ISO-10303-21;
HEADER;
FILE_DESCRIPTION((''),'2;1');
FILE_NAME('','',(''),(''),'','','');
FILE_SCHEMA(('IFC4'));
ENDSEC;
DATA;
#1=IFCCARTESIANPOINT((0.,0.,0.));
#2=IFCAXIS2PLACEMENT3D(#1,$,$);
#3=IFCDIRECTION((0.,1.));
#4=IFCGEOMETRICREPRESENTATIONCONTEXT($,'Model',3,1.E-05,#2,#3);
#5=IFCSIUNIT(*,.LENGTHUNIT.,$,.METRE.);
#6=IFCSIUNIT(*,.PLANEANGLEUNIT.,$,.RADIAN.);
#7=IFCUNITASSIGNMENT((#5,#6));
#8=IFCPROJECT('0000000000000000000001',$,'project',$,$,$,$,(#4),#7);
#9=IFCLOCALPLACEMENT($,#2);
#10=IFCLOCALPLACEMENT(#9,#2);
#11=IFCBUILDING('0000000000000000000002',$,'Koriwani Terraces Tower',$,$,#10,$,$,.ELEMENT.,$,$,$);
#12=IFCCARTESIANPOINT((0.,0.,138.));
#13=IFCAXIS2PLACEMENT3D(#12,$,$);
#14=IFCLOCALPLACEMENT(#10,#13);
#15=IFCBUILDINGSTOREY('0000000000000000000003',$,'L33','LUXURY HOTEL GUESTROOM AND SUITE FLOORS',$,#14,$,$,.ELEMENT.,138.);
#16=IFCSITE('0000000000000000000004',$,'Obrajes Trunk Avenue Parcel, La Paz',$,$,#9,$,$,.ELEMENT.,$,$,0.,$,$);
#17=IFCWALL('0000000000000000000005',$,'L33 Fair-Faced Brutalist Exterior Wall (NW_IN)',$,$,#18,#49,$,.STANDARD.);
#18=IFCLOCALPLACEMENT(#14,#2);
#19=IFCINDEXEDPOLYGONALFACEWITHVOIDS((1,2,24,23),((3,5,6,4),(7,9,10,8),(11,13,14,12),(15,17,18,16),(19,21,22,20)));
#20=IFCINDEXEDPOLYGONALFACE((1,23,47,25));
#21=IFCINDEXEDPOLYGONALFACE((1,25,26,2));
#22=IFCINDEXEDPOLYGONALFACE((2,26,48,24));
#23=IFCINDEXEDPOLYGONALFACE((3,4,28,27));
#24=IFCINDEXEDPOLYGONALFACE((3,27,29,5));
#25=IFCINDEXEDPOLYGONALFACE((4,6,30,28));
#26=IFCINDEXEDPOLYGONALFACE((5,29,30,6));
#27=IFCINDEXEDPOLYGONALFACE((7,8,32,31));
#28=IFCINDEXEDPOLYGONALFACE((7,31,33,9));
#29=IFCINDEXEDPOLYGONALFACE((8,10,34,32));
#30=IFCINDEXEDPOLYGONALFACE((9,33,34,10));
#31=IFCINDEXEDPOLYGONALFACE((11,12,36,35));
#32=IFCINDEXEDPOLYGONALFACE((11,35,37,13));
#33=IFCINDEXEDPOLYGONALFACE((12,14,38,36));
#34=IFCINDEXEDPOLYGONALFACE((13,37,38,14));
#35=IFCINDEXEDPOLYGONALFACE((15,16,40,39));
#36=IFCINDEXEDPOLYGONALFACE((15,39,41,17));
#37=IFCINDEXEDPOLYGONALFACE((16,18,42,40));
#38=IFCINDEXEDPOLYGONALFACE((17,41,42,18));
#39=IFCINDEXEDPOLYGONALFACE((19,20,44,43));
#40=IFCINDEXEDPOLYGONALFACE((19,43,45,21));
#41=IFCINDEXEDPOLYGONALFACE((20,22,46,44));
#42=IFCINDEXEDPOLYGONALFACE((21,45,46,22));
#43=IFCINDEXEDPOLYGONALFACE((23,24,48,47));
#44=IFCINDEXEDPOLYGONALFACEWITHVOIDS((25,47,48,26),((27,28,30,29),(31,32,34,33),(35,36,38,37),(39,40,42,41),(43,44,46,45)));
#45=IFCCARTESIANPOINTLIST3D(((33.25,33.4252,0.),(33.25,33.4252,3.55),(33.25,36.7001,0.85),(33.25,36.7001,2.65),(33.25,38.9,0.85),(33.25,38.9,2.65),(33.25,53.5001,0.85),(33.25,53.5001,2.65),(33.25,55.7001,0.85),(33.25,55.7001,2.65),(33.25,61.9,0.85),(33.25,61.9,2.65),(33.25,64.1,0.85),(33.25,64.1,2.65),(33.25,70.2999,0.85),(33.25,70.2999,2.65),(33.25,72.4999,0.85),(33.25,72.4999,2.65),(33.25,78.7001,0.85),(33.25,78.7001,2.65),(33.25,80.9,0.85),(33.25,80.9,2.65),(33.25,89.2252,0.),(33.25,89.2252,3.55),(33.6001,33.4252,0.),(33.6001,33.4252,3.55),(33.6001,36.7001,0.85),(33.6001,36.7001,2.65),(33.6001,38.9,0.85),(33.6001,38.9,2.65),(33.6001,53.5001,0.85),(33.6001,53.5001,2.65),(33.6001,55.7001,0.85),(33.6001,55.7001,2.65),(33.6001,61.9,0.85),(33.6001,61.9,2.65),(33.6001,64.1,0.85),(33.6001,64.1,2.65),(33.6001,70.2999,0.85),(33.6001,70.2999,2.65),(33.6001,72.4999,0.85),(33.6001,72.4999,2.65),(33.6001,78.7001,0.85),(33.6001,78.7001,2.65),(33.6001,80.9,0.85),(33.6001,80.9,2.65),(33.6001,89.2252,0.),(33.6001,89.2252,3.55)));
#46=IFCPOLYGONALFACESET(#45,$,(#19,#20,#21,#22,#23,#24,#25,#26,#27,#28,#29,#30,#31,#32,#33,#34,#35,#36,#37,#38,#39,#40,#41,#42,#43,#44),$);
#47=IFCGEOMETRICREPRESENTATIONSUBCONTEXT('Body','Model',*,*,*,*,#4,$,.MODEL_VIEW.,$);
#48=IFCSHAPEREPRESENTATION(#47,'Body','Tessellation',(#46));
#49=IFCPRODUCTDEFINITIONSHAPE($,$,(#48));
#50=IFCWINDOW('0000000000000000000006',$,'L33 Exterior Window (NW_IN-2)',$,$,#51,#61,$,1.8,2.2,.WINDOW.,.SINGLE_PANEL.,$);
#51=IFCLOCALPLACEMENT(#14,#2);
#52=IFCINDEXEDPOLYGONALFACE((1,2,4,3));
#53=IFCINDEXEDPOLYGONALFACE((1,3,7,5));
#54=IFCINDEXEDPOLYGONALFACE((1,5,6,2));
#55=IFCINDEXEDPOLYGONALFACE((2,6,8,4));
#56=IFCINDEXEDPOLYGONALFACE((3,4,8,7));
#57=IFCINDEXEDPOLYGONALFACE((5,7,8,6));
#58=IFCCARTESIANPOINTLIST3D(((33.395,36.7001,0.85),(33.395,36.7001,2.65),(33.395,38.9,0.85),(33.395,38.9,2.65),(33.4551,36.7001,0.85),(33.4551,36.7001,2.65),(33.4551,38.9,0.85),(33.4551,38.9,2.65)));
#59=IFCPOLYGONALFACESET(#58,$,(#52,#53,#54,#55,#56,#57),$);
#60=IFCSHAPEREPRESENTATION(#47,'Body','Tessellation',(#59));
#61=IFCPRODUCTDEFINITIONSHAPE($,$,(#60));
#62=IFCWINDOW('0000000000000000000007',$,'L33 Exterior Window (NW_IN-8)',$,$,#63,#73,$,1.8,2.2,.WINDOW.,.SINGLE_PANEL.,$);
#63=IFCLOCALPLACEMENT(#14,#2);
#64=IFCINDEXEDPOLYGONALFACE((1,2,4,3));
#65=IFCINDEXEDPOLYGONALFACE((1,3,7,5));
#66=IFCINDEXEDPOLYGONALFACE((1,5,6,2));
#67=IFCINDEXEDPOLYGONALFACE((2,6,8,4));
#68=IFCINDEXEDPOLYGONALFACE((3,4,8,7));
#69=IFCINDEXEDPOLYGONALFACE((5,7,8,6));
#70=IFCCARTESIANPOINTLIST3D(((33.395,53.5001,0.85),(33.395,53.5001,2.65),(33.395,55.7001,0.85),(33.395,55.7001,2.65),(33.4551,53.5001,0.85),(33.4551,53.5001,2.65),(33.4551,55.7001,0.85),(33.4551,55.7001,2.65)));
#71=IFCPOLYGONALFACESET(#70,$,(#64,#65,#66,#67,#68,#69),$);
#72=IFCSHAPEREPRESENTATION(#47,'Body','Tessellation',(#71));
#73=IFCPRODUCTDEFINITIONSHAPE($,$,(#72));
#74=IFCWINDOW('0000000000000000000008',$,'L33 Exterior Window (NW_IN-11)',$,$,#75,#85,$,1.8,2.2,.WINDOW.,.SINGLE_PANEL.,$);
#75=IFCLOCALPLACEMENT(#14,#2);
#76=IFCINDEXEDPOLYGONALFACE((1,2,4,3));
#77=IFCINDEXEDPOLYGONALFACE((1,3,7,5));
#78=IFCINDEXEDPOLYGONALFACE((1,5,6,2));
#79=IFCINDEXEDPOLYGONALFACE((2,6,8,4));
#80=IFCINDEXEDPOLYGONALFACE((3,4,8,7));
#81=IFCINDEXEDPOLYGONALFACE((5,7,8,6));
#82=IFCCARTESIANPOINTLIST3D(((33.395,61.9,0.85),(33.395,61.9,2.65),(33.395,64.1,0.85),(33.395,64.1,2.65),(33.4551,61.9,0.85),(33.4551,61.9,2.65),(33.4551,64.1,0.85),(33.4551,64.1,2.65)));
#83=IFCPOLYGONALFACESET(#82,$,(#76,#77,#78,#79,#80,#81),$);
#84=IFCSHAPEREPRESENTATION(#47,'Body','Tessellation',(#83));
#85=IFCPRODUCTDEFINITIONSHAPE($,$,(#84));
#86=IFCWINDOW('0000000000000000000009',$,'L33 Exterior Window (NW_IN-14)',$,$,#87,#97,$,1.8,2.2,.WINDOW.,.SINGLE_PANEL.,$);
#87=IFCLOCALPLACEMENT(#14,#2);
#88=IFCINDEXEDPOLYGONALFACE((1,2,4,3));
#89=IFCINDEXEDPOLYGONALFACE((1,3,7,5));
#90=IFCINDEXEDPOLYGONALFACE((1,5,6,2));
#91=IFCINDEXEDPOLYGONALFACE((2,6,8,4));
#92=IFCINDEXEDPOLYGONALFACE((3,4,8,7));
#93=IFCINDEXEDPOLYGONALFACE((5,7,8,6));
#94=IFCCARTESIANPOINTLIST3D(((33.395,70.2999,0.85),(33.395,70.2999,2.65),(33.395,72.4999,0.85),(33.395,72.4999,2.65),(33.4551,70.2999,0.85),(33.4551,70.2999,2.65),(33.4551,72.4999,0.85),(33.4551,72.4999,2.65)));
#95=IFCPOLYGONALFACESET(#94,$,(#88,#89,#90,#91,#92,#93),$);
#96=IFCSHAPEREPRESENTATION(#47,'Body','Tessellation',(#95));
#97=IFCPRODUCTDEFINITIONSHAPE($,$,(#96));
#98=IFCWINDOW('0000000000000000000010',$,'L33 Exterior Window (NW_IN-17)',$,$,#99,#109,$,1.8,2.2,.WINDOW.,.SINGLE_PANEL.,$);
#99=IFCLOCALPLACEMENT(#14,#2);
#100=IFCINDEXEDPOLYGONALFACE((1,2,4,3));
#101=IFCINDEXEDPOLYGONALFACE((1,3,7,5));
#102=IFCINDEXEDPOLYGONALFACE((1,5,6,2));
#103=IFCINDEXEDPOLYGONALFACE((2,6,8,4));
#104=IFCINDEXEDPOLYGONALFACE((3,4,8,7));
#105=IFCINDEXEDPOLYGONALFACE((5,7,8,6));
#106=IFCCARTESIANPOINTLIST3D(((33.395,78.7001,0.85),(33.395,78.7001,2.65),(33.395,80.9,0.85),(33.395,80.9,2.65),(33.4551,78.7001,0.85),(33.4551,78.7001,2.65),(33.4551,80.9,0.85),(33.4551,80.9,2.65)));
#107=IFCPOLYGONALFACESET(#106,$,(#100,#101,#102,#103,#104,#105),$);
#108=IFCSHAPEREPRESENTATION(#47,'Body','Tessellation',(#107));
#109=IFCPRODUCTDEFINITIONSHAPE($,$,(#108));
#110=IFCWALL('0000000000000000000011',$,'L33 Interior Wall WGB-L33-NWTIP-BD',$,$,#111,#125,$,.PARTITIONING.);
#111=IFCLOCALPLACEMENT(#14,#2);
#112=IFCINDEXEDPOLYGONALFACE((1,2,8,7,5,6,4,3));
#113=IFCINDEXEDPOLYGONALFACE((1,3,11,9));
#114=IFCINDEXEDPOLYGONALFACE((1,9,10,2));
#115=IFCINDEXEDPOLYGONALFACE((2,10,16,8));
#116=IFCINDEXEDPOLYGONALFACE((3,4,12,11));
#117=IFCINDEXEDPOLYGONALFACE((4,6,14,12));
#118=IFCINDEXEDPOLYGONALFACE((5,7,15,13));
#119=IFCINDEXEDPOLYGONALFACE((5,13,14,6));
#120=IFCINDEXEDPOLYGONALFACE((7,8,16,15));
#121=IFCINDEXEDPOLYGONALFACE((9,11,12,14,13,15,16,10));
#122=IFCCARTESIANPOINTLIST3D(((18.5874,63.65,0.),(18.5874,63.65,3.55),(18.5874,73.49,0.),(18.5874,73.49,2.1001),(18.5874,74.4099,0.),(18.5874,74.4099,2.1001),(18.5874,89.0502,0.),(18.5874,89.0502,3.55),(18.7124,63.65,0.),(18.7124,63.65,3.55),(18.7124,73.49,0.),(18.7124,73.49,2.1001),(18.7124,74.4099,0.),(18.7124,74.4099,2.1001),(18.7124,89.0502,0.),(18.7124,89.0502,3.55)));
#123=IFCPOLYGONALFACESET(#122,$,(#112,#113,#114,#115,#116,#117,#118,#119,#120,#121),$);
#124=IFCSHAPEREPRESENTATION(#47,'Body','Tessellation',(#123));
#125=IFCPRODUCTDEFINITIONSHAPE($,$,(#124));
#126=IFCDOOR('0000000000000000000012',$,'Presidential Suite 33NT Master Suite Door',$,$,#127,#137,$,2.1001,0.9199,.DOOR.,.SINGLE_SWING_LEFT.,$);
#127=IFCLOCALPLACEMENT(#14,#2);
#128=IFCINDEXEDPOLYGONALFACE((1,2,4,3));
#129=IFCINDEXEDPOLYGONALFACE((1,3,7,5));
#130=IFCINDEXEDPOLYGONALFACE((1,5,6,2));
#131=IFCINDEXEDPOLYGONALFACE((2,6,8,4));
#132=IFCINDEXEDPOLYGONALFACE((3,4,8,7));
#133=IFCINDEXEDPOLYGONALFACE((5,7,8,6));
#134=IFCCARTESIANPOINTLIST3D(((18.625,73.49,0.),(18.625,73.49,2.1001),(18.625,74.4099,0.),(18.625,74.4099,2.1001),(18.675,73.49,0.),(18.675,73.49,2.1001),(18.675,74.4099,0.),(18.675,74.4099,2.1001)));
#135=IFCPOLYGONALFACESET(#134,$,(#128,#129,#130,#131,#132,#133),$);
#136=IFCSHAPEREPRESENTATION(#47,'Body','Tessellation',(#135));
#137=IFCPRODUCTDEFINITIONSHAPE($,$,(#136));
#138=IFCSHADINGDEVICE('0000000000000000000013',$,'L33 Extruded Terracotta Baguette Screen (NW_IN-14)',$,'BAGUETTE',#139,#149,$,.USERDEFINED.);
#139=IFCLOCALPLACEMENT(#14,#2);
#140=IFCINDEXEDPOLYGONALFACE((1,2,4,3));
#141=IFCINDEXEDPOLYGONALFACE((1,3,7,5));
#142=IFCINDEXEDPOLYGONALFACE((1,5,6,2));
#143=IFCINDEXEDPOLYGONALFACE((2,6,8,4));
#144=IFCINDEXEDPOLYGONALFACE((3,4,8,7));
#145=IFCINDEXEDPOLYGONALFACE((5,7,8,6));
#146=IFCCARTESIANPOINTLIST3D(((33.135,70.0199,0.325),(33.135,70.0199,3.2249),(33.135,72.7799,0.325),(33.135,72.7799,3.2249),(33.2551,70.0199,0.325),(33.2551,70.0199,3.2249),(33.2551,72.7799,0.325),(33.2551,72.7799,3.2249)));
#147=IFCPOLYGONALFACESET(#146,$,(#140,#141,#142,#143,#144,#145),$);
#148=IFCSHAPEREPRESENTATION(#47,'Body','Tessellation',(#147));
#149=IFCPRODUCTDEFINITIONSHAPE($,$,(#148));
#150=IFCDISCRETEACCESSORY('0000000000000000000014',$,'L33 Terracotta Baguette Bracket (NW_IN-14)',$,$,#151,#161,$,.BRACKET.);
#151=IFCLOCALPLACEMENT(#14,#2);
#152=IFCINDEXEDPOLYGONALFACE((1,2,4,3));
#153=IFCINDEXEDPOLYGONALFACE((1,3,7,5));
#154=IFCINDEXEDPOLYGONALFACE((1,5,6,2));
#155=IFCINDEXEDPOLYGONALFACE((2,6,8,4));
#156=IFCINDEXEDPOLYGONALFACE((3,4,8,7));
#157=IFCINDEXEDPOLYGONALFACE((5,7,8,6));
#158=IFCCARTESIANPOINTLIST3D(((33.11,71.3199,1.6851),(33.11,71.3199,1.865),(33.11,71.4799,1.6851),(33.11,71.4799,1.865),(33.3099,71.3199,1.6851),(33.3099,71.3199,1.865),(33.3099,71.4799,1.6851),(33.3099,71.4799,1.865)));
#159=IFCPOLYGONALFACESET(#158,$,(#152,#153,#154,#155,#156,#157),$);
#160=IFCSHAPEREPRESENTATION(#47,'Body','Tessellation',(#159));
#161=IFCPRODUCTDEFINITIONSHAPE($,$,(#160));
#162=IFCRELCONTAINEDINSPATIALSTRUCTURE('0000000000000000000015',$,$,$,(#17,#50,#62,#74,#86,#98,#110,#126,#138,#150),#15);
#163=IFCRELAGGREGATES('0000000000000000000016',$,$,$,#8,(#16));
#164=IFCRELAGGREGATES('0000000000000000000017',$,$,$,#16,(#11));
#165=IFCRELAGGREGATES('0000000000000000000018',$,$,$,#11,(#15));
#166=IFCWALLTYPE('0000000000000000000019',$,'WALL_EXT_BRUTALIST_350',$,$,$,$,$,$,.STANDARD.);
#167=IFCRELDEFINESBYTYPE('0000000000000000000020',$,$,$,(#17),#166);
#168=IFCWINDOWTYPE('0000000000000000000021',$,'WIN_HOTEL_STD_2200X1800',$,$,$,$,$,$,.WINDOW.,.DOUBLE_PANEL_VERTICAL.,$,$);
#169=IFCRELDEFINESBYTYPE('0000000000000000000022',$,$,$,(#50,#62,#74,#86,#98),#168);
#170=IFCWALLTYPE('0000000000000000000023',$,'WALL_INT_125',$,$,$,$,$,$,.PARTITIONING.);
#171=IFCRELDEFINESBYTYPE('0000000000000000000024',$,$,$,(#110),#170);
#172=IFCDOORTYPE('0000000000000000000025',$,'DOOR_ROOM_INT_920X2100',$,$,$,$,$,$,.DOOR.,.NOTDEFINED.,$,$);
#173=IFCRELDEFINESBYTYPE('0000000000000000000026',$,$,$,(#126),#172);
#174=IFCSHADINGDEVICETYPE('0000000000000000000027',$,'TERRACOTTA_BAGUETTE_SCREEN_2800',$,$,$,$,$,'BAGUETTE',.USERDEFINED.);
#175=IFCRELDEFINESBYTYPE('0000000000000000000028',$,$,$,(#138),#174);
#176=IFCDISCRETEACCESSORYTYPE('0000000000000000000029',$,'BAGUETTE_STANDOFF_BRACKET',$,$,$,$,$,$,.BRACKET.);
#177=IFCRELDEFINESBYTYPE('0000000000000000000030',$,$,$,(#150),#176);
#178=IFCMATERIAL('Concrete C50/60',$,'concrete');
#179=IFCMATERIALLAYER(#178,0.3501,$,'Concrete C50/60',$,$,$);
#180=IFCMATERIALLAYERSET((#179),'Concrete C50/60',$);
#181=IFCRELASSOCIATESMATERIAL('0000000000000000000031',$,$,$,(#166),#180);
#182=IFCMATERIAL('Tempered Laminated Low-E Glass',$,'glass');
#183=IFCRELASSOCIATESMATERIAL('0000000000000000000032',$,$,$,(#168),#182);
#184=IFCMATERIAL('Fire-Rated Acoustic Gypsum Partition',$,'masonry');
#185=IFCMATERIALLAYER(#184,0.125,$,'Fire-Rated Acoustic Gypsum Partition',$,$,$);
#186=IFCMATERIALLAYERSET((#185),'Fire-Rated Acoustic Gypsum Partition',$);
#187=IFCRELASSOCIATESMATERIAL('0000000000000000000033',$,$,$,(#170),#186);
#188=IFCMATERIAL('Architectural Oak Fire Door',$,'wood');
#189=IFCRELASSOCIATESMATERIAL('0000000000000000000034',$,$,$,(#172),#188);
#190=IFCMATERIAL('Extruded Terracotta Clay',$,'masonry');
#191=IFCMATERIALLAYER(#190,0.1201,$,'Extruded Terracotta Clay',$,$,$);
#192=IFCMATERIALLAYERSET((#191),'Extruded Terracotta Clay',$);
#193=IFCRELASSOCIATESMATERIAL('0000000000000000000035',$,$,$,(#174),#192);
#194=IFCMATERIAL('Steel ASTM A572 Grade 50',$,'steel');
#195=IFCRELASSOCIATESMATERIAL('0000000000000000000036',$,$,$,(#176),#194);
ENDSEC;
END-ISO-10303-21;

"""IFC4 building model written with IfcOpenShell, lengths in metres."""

from ifc_helpers import new_model, si_unit, direction, frame, frame_2d, origin, origin_2d, place, context, subcontext, project, spatial, rectangle, extrude, material, layer, layer_set, type_object, element, fill, save


model = new_model("IFC4")

# Units and contexts
model_context = context("Model", 3, precision=1e-05, world=origin(), true_north=direction((0.0, 1.0)))
body_context = subcontext(model_context, "Body", "Model", "MODEL_VIEW")
ifc_project = project(units=[si_unit("LENGTHUNIT", "METRE"), si_unit("PLANEANGLEUNIT", "RADIAN")], contexts=[model_context])

# Site, building, storey
site_placement = place(None, origin())
site = spatial("IfcSite", under=ifc_project, at=site_placement, Name="Obrajes Trunk Avenue Parcel, La Paz", CompositionType="ELEMENT", RefElevation=0.0)
building_placement = place(site_placement, origin())
building = spatial("IfcBuilding", under=site, at=building_placement, Name="Koriwani Terraces Tower", CompositionType="ELEMENT")
storey_placement = place(building_placement, frame((0.0, 0.0, 138.0)))
storey = spatial("IfcBuildingStorey", under=building, at=storey_placement, Name="L33", Description="LUXURY HOTEL GUESTROOM AND SUITE FLOORS", CompositionType="ELEMENT", Elevation=138.0)

# Shared definitions
ifc_material_1 = material(Name="Concrete C50/60", Category="concrete")
ifc_material_2 = material(Name="Steel ASTM A572 Grade 50", Category="steel")

# Shared definitions
ifc_layer_1 = layer(ifc_material_1, 0.3501, Name="Concrete C50/60")
ifc_layer_set_1 = layer_set([ifc_layer_1], Name="Concrete C50/60")
wall_type_1 = type_object("IfcWallType", Name="WALL_EXT_BRUTALIST_350", PredefinedType="STANDARD", material=ifc_layer_set_1)

# Shared definitions
ifc_material_3 = material(Name="Tempered Laminated Low-E Glass", Category="glass")

# Wall, openings, windows
wall_1_placement = place(storey_placement, frame((33.425, 89.2251, 0.0), z_axis=(0.0, 0.0, 1.0), x_axis=(0.0, -1.0, 0.0)))
wall_1 = element("IfcWall", 1, at=wall_1_placement, inside=storey, type_object=wall_type_1, Name="L33 Fair-Faced Brutalist Exterior Wall (NW_IN)", PredefinedType="STANDARD", context=body_context, shape_type="SweptSolid", body=[
    extrude(rectangle(XDim=55.8, YDim=0.3501, at=frame_2d((27.8999, 0.0))), origin(), (0.0, 0.0, 1.0), 3.55),
])
opening_1_placement = place(wall_1_placement, frame((50.325, 0.0, 0.8501)))
opening_1 = element("IfcOpeningElement", 2, at=opening_1_placement, cuts=wall_1, PredefinedType="OPENING", context=body_context, shape_type="SweptSolid", body=[
    extrude(rectangle(XDim=2.2, YDim=1.8, at=frame_2d((1.1001, 0.8999))), frame((0.0, 0.1851, 0.0), z_axis=(0.0, -1.0, 0.0), x_axis=(1.0, 0.0, 0.0)), (0.0, 0.0, 1.0), 0.3701),
])
opening_2_placement = place(wall_1_placement, frame((33.5249, 0.0, 0.8501)))
opening_2 = element("IfcOpeningElement", 3, at=opening_2_placement, cuts=wall_1, PredefinedType="OPENING", context=body_context, shape_type="SweptSolid", body=[
    extrude(rectangle(XDim=2.2, YDim=1.8, at=frame_2d((1.1001, 0.8999))), frame((0.0, 0.1851, 0.0), z_axis=(0.0, -1.0, 0.0), x_axis=(1.0, 0.0, 0.0)), (0.0, 0.0, 1.0), 0.3701),
])
opening_3_placement = place(wall_1_placement, frame((25.125, 0.0, 0.8501)))
opening_3 = element("IfcOpeningElement", 4, at=opening_3_placement, cuts=wall_1, PredefinedType="OPENING", context=body_context, shape_type="SweptSolid", body=[
    extrude(rectangle(XDim=2.2, YDim=1.8, at=frame_2d((1.1001, 0.8999))), frame((0.0, 0.1851, 0.0), z_axis=(0.0, -1.0, 0.0), x_axis=(1.0, 0.0, 0.0)), (0.0, 0.0, 1.0), 0.3701),
])
opening_4_placement = place(wall_1_placement, frame((16.7251, 0.0, 0.8501)))
opening_4 = element("IfcOpeningElement", 5, at=opening_4_placement, cuts=wall_1, PredefinedType="OPENING", context=body_context, shape_type="SweptSolid", body=[
    extrude(rectangle(XDim=2.2, YDim=1.8, at=frame_2d((1.1001, 0.8999))), frame((0.0, 0.1851, 0.0), z_axis=(0.0, -1.0, 0.0), x_axis=(1.0, 0.0, 0.0)), (0.0, 0.0, 1.0), 0.3701),
])
opening_5_placement = place(wall_1_placement, frame((8.325, 0.0, 0.8501)))
opening_5 = element("IfcOpeningElement", 6, at=opening_5_placement, cuts=wall_1, PredefinedType="OPENING", context=body_context, shape_type="SweptSolid", body=[
    extrude(rectangle(XDim=2.2, YDim=1.8, at=frame_2d((1.1001, 0.8999))), frame((0.0, 0.1851, 0.0), z_axis=(0.0, -1.0, 0.0), x_axis=(1.0, 0.0, 0.0)), (0.0, 0.0, 1.0), 0.3701),
])
window_type_1 = type_object("IfcWindowType", Name="WIN_HOTEL_STD_2200X1800", PartitioningType="DOUBLE_PANEL_VERTICAL", PredefinedType="WINDOW", material=ifc_material_3)
window_1_placement = place(opening_1_placement, origin())
window_1 = element("IfcWindow", 7, at=window_1_placement, inside=storey, type_object=window_type_1, Name="L33 Exterior Window (NW_IN-2)", OverallHeight=1.8, OverallWidth=2.2, PartitioningType="SINGLE_PANEL", PredefinedType="WINDOW", context=body_context, shape_type="SweptSolid", body=[
    extrude(rectangle(XDim=2.2, YDim=1.8, at=frame_2d((1.1001, 0.8999))), frame((0.0, 0.03, 0.0), z_axis=(0.0, -1.0, 0.0), x_axis=(1.0, 0.0, 0.0)), (0.0, 0.0, 1.0), 0.0601),
])
fill(opening_1, window_1)
window_2_placement = place(opening_2_placement, origin())
window_2 = element("IfcWindow", 8, at=window_2_placement, inside=storey, type_object=window_type_1, Name="L33 Exterior Window (NW_IN-8)", OverallHeight=1.8, OverallWidth=2.2, PartitioningType="SINGLE_PANEL", PredefinedType="WINDOW", context=body_context, shape_type="SweptSolid", body=[
    extrude(rectangle(XDim=2.2, YDim=1.8, at=frame_2d((1.1001, 0.8999))), frame((0.0, 0.03, 0.0), z_axis=(0.0, -1.0, 0.0), x_axis=(1.0, 0.0, 0.0)), (0.0, 0.0, 1.0), 0.0601),
])
fill(opening_2, window_2)
window_3_placement = place(opening_3_placement, origin())
window_3 = element("IfcWindow", 9, at=window_3_placement, inside=storey, type_object=window_type_1, Name="L33 Exterior Window (NW_IN-11)", OverallHeight=1.8, OverallWidth=2.2, PartitioningType="SINGLE_PANEL", PredefinedType="WINDOW", context=body_context, shape_type="SweptSolid", body=[
    extrude(rectangle(XDim=2.2, YDim=1.8, at=frame_2d((1.1001, 0.8999))), frame((0.0, 0.03, 0.0), z_axis=(0.0, -1.0, 0.0), x_axis=(1.0, 0.0, 0.0)), (0.0, 0.0, 1.0), 0.0601),
])
fill(opening_3, window_3)
window_4_placement = place(opening_4_placement, origin())
window_4 = element("IfcWindow", 10, at=window_4_placement, inside=storey, type_object=window_type_1, Name="L33 Exterior Window (NW_IN-14)", OverallHeight=1.8, OverallWidth=2.2, PartitioningType="SINGLE_PANEL", PredefinedType="WINDOW", context=body_context, shape_type="SweptSolid", body=[
    extrude(rectangle(XDim=2.2, YDim=1.8, at=frame_2d((1.1001, 0.8999))), frame((0.0, 0.03, 0.0), z_axis=(0.0, -1.0, 0.0), x_axis=(1.0, 0.0, 0.0)), (0.0, 0.0, 1.0), 0.0601),
])
fill(opening_4, window_4)
window_5_placement = place(opening_5_placement, origin())
window_5 = element("IfcWindow", 11, at=window_5_placement, inside=storey, type_object=window_type_1, Name="L33 Exterior Window (NW_IN-17)", OverallHeight=1.8, OverallWidth=2.2, PartitioningType="SINGLE_PANEL", PredefinedType="WINDOW", context=body_context, shape_type="SweptSolid", body=[
    extrude(rectangle(XDim=2.2, YDim=1.8, at=frame_2d((1.1001, 0.8999))), frame((0.0, 0.03, 0.0), z_axis=(0.0, -1.0, 0.0), x_axis=(1.0, 0.0, 0.0)), (0.0, 0.0, 1.0), 0.0601),
])
fill(opening_5, window_5)

# Wall, opening, door
ifc_material_4 = material(Name="Fire-Rated Acoustic Gypsum Partition", Category="masonry")
ifc_layer_2 = layer(ifc_material_4, 0.125, Name="Fire-Rated Acoustic Gypsum Partition")
ifc_layer_set_2 = layer_set([ifc_layer_2], Name="Fire-Rated Acoustic Gypsum Partition")
wall_type_2 = type_object("IfcWallType", Name="WALL_INT_125", PredefinedType="PARTITIONING", material=ifc_layer_set_2)
wall_2_placement = place(storey_placement, frame((18.6499, 63.6499, 0.0), z_axis=(0.0, 0.0, 1.0), x_axis=(0.0, 1.0, 0.0)))
wall_2 = element("IfcWall", 12, at=wall_2_placement, inside=storey, type_object=wall_type_2, Name="L33 Interior Wall WGB-L33-NWTIP-BD", PredefinedType="PARTITIONING", context=body_context, shape_type="SweptSolid", body=[
    extrude(rectangle(XDim=25.4001, YDim=0.125, at=frame_2d((12.7002, 0.0))), origin(), (0.0, 0.0, 1.0), 3.55),
])
opening_6_placement = place(wall_2_placement, frame((9.8401, 0.0, 0.0)))
opening_6 = element("IfcOpeningElement", 13, at=opening_6_placement, cuts=wall_2, PredefinedType="OPENING", context=body_context, shape_type="SweptSolid", body=[
    extrude(rectangle(XDim=0.9199, YDim=2.1001, at=frame_2d((0.46, 1.05))), frame((0.0, 0.0725, 0.0), z_axis=(0.0, -1.0, 0.0), x_axis=(1.0, 0.0, 0.0)), (0.0, 0.0, 1.0), 0.145),
])
ifc_material_5 = material(Name="Architectural Oak Fire Door", Category="wood")
door_type = type_object("IfcDoorType", Name="DOOR_ROOM_INT_920X2100", OperationType="NOTDEFINED", PredefinedType="DOOR", material=ifc_material_5)
door_placement = place(opening_6_placement, origin())
door = element("IfcDoor", 14, at=door_placement, inside=storey, type_object=door_type, Name="Presidential Suite 33NT Master Suite Door", OperationType="SINGLE_SWING_LEFT", OverallHeight=2.1001, OverallWidth=0.9199, PredefinedType="DOOR", context=body_context, shape_type="SweptSolid", body=[
    extrude(rectangle(XDim=0.9199, YDim=2.1001, at=frame_2d((0.46, 1.05))), frame((0.0, 0.0249, 0.0), z_axis=(0.0, -1.0, 0.0), x_axis=(1.0, 0.0, 0.0)), (0.0, 0.0, 1.0), 0.05),
])
fill(opening_6, door)

# Shading device
ifc_material_6 = material(Name="Extruded Terracotta Clay", Category="masonry")
ifc_layer_3 = layer(ifc_material_6, 0.1201, Name="Extruded Terracotta Clay")
ifc_layer_set_3 = layer_set([ifc_layer_3], Name="Extruded Terracotta Clay")
shading_device_type = type_object("IfcShadingDeviceType", Name="TERRACOTTA_BAGUETTE_SCREEN_2800", ElementType="BAGUETTE", PredefinedType="USERDEFINED", material=ifc_layer_set_3)
shading_device_placement = place(storey_placement, frame((33.1951, 71.3999, 0.325), z_axis=(0.0, 0.0, 1.0), x_axis=(0.0, -1.0, 0.0)))
element("IfcShadingDevice", 15, at=shading_device_placement, inside=storey, type_object=shading_device_type, Name="L33 Extruded Terracotta Baguette Screen (NW_IN-14)", ObjectType="BAGUETTE", PredefinedType="USERDEFINED", context=body_context, shape_type="SweptSolid", body=[
    extrude(rectangle(XDim=2.76, YDim=0.1201, at=origin_2d()), origin(), (0.0, 0.0, 1.0), 2.8999),
])

# Discrete accessory
discrete_accessory_type = type_object("IfcDiscreteAccessoryType", Name="BAGUETTE_STANDOFF_BRACKET", PredefinedType="BRACKET", material=ifc_material_2)
discrete_accessory_placement = place(storey_placement, frame((33.21, 71.3999, 1.6851), z_axis=(0.0, 0.0, 1.0), x_axis=(0.0, -1.0, 0.0)))
element("IfcDiscreteAccessory", 16, at=discrete_accessory_placement, inside=storey, type_object=discrete_accessory_type, Name="L33 Terracotta Baguette Bracket (NW_IN-14)", PredefinedType="BRACKET", context=body_context, shape_type="SweptSolid", body=[
    extrude(rectangle(XDim=0.1599, YDim=0.2, at=origin_2d()), origin(), (0.0, 0.0, 1.0), 0.1799),
])

save(model, "model.ifc")
